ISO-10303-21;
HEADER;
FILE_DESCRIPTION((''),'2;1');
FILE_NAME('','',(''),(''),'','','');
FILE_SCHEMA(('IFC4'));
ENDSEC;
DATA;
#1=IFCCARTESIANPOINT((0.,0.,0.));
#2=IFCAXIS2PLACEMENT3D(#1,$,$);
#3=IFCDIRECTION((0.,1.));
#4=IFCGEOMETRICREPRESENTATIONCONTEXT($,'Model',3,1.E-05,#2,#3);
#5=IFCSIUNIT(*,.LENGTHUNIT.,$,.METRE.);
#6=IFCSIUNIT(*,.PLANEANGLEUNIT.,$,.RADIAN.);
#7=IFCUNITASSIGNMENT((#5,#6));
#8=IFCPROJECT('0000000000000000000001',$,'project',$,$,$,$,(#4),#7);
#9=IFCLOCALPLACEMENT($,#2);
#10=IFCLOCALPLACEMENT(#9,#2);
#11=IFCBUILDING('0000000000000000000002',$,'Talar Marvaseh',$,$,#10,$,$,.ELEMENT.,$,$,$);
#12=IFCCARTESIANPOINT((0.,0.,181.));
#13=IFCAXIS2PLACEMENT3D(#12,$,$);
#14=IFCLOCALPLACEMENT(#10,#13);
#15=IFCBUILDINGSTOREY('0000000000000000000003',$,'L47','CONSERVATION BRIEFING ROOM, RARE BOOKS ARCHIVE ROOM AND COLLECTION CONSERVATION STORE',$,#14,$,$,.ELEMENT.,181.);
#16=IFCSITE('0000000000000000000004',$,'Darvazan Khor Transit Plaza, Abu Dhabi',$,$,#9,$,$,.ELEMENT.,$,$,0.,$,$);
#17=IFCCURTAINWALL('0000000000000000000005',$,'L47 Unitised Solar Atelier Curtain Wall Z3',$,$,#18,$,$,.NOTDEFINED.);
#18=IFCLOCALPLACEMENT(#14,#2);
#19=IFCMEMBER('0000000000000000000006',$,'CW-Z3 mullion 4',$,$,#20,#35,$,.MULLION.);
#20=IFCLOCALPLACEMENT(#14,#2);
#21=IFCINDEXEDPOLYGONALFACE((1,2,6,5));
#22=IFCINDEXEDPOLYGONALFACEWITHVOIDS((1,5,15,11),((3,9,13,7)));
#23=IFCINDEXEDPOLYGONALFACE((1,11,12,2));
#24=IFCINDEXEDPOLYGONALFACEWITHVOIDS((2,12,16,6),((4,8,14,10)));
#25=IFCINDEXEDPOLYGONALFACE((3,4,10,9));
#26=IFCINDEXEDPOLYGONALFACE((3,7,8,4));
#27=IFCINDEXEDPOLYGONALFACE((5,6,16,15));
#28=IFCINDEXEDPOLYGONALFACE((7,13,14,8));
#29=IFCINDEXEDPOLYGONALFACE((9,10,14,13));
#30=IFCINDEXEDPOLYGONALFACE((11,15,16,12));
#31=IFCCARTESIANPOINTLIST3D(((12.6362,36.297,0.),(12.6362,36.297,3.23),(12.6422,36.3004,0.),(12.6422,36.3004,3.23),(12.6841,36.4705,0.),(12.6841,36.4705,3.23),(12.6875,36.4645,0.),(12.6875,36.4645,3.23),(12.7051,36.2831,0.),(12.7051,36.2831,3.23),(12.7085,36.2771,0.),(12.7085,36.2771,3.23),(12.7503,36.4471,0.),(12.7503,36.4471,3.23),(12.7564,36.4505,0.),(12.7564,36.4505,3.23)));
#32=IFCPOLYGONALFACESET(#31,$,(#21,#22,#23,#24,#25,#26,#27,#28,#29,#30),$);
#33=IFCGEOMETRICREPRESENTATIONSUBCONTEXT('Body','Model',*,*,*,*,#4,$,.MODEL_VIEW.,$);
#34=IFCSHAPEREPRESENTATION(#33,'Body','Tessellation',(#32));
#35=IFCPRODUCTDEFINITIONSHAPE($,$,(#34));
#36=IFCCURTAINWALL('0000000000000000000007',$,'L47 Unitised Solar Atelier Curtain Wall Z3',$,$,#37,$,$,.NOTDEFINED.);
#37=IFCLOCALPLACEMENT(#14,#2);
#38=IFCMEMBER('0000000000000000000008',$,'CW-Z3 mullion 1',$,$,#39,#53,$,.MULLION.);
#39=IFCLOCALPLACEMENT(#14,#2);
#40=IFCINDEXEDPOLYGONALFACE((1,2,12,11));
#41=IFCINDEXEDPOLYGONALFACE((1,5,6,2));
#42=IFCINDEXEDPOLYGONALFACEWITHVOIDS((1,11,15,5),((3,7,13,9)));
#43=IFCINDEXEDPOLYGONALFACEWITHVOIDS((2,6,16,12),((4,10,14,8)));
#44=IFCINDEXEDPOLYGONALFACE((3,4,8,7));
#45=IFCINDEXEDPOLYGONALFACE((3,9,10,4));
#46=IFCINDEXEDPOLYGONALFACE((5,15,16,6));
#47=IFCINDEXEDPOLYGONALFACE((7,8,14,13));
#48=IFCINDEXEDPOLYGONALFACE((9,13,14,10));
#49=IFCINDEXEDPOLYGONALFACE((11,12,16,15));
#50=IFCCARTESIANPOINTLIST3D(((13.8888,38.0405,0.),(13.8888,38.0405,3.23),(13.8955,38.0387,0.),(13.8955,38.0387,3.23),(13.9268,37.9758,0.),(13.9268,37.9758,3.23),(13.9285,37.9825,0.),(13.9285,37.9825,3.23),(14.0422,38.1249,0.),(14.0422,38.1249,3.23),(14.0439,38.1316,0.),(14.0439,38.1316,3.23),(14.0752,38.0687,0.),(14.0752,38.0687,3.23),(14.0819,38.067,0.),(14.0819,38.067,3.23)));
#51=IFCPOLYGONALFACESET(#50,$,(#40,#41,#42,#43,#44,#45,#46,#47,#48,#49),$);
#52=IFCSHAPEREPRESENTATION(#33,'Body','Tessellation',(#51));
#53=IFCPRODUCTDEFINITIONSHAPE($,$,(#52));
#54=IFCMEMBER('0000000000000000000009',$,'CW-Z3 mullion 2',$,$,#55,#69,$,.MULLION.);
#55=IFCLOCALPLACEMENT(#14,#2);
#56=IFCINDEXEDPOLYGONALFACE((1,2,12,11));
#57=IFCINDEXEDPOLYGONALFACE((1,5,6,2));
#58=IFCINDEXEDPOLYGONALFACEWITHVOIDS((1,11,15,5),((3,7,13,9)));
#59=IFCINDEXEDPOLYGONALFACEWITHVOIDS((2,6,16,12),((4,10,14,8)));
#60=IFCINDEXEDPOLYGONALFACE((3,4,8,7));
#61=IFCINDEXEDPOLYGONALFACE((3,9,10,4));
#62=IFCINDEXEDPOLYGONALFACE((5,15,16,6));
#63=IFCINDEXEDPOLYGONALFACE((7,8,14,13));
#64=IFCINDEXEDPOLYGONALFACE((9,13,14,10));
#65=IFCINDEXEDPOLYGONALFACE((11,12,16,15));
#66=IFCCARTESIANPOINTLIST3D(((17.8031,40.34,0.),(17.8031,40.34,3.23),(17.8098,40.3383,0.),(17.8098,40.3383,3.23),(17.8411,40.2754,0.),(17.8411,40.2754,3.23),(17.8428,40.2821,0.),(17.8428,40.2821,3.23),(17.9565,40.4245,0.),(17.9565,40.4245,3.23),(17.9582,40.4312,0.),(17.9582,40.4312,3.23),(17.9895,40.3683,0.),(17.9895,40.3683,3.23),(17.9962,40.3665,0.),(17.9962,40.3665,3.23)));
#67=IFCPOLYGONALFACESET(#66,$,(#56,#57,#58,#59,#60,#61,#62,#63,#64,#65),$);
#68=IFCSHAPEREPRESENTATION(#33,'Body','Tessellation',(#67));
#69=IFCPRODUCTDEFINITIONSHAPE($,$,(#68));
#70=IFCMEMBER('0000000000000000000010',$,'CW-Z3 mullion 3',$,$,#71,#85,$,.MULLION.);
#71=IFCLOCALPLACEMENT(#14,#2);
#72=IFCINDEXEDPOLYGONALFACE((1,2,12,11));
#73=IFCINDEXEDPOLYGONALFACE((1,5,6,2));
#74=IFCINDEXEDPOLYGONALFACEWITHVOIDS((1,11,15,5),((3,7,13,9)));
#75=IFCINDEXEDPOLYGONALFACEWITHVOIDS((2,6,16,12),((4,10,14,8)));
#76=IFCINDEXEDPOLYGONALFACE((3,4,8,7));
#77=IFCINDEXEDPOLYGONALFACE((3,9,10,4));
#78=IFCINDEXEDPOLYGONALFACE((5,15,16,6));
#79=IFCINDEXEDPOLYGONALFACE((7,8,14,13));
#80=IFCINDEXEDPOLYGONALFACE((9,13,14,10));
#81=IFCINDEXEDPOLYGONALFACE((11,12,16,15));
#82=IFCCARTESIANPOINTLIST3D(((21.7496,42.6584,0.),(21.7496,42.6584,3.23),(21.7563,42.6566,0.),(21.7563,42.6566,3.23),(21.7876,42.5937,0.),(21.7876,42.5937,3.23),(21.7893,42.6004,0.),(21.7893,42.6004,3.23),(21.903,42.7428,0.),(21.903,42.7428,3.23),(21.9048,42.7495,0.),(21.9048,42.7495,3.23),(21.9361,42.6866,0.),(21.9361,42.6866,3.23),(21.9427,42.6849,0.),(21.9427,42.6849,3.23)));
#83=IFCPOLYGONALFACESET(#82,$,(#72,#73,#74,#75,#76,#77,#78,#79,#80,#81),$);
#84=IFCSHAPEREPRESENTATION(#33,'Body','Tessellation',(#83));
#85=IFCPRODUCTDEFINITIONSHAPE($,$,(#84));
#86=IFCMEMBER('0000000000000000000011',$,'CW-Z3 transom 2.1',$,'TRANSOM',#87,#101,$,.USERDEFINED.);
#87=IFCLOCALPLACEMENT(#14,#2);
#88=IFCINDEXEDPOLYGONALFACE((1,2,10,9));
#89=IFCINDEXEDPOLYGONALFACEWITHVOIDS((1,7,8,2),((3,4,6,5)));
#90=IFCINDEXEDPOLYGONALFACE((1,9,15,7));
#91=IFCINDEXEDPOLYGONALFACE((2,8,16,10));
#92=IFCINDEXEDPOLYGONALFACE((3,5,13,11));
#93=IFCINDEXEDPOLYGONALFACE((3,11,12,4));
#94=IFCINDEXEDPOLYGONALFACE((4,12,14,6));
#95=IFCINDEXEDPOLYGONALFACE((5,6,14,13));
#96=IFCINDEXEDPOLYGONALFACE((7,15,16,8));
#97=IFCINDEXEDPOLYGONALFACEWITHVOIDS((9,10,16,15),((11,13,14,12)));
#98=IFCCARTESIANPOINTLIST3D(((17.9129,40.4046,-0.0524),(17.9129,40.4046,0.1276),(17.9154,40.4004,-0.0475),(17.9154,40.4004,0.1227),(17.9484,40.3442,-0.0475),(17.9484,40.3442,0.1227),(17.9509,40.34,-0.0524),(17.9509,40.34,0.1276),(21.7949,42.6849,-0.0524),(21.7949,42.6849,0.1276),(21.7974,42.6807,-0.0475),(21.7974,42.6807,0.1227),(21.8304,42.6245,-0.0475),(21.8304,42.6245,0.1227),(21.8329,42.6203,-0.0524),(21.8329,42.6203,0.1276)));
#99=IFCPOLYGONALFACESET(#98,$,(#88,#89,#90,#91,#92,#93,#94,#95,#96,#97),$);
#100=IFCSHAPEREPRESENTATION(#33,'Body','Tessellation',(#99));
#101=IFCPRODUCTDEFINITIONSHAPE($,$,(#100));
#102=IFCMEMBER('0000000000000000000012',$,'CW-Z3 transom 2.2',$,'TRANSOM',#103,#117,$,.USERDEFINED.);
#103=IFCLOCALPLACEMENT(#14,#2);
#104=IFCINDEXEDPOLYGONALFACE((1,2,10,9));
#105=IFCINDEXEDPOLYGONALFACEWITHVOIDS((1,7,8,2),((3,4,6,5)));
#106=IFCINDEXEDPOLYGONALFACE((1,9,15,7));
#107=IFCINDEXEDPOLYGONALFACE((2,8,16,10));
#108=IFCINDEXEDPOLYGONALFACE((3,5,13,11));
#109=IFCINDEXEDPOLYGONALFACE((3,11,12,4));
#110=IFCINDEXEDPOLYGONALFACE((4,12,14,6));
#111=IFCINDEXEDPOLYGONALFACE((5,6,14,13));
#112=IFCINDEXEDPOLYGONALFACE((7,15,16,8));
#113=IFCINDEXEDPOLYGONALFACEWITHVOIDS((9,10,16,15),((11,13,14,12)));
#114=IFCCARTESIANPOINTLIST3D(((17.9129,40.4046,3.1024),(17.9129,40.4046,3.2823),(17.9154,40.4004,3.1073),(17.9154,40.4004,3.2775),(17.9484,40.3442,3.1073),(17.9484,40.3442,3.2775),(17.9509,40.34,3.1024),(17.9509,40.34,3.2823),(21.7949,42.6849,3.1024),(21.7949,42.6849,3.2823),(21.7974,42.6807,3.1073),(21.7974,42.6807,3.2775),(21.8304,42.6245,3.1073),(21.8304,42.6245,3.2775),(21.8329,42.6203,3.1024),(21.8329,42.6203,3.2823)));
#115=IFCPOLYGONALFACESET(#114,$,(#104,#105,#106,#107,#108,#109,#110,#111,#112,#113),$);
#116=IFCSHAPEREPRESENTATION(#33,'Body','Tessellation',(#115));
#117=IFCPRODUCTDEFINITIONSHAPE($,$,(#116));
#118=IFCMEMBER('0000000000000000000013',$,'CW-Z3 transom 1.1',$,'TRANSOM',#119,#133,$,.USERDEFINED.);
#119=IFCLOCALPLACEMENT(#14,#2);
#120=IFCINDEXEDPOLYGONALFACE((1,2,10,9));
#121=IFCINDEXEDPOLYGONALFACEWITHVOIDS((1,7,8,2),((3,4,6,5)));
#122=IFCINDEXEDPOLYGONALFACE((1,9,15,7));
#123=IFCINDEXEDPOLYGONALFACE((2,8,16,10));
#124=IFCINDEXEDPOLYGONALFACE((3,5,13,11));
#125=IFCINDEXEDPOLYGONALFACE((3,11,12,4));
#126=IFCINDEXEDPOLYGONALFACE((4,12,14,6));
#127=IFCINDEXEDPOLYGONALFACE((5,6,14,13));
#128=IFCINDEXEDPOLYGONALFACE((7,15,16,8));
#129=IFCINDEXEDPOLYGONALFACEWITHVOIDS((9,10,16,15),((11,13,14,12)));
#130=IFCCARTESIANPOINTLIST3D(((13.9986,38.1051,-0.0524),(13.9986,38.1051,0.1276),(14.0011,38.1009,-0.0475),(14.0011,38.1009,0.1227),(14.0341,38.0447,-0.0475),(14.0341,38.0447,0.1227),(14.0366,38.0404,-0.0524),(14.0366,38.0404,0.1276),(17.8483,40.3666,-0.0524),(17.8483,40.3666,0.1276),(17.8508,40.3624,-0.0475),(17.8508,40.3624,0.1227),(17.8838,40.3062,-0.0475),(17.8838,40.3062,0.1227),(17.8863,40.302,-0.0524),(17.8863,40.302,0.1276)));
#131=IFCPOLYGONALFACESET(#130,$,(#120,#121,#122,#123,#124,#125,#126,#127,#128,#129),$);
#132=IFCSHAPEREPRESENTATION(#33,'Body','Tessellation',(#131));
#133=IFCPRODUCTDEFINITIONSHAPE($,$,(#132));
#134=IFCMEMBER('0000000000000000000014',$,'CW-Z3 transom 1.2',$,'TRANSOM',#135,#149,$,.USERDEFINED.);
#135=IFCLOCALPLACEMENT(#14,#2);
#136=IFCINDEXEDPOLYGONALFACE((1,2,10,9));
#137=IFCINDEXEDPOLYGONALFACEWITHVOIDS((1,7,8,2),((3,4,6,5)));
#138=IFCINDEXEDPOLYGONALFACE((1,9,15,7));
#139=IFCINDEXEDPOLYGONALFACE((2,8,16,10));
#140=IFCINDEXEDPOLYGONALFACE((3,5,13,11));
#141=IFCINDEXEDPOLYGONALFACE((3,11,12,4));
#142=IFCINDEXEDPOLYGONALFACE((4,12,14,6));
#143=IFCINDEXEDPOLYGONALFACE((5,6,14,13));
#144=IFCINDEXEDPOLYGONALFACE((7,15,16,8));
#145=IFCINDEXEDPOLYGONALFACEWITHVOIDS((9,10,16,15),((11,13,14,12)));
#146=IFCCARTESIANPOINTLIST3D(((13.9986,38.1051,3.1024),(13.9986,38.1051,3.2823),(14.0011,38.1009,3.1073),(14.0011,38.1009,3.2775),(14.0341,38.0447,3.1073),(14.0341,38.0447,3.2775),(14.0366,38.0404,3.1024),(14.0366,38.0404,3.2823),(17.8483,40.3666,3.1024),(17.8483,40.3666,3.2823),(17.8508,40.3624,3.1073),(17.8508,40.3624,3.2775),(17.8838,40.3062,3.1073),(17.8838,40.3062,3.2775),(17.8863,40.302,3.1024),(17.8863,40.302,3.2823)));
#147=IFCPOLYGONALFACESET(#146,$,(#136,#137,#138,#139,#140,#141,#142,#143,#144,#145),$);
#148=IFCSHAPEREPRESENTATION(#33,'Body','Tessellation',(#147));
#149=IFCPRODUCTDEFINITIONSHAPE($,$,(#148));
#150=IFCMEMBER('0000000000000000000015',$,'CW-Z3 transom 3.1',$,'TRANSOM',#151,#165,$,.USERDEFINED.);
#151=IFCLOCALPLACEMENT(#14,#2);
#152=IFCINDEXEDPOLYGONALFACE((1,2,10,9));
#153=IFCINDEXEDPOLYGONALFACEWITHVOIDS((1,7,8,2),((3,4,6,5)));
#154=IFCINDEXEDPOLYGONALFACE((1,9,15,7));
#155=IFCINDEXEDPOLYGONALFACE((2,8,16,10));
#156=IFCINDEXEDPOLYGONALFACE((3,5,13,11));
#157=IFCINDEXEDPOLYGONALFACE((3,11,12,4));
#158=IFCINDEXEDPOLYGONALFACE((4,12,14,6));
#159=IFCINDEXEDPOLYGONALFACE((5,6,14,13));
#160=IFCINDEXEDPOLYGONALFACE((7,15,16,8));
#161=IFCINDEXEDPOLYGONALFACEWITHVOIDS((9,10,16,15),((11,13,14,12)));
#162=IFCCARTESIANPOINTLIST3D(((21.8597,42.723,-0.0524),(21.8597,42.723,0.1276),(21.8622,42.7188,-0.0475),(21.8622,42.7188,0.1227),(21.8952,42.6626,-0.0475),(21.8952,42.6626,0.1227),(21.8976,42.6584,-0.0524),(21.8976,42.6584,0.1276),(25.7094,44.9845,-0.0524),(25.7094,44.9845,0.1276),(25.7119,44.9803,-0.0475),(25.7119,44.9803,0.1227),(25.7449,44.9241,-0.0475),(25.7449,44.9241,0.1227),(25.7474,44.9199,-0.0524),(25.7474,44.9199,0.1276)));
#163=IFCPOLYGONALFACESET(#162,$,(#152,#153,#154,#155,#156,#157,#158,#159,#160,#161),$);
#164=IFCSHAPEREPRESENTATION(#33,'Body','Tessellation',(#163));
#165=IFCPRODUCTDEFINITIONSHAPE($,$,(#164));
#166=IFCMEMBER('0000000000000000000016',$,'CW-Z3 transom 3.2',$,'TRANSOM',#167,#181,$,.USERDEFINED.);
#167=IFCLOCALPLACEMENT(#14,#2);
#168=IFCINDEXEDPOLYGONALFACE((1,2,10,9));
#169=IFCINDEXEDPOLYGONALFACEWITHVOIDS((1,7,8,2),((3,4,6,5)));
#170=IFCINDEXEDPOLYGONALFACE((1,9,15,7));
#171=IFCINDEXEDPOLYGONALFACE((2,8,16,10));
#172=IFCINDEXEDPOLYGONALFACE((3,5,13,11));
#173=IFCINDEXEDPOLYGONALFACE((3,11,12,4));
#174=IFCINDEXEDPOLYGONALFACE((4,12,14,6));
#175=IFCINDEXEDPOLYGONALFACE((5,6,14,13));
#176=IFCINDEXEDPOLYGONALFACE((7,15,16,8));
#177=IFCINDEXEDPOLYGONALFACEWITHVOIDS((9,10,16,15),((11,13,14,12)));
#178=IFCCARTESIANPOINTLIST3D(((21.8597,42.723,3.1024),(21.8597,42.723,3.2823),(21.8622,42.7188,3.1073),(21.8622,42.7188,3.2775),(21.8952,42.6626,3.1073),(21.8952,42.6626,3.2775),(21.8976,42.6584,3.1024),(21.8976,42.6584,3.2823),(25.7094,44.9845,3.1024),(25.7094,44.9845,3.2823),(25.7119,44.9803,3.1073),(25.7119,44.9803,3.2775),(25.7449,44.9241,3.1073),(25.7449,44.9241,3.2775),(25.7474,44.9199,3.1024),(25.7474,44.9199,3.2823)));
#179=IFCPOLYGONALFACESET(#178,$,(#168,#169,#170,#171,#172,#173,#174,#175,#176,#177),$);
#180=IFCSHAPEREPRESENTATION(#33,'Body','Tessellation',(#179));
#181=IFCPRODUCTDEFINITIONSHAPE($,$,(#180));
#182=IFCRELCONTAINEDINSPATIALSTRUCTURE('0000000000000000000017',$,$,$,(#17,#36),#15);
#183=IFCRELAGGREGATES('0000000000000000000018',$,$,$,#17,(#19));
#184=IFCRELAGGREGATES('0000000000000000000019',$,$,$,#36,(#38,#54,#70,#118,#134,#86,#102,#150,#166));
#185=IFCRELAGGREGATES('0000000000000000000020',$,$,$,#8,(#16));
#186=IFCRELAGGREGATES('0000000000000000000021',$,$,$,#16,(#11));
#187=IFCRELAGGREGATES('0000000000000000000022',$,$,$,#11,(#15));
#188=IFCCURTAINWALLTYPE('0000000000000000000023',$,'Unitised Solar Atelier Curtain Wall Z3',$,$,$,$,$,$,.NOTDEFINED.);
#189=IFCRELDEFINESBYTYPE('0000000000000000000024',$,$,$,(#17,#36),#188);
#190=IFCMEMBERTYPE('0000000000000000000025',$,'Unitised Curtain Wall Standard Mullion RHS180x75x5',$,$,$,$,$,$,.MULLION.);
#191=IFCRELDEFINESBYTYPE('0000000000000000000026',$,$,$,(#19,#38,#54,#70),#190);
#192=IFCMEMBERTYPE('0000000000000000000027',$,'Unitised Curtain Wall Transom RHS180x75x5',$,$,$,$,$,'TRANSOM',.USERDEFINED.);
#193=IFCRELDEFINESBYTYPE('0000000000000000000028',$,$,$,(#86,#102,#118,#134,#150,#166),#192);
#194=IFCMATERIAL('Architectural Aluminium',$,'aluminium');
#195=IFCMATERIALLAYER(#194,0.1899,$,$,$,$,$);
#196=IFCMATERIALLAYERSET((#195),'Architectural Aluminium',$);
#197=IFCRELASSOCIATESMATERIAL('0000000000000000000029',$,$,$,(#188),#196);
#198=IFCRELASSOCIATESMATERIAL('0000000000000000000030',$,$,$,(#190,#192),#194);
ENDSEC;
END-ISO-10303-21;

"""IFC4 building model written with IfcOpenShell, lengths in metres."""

from ifc_helpers import new_model, si_unit, direction, frame, origin, origin_2d, place, context, subcontext, project, spatial, hollow_rectangle, extrude, source, transform, mapped, material, layer, layer_set, material_profile, profile_set, type_object, type_shapes, element, aggregate, save


model = new_model("IFC4")

# Units and contexts
model_context = context("Model", 3, precision=1e-05, world=origin(), true_north=direction((0.0, 1.0)))
body_context = subcontext(model_context, "Body", "Model", "MODEL_VIEW")
ifc_project = project(units=[si_unit("LENGTHUNIT", "METRE"), si_unit("PLANEANGLEUNIT", "RADIAN")], contexts=[model_context])

# Site, building, storey
site_placement = place(None, origin())
site = spatial("IfcSite", under=ifc_project, at=site_placement, Name="Darvazan Khor Transit Plaza, Abu Dhabi", CompositionType="ELEMENT", RefElevation=0.0)
building_placement = place(site_placement, origin())
building = spatial("IfcBuilding", under=site, at=building_placement, Name="Talar Marvaseh", CompositionType="ELEMENT")
storey_placement = place(building_placement, frame((0.0, 0.0, 181.0)))
storey = spatial("IfcBuildingStorey", under=building, at=storey_placement, Name="L47", Description="CONSERVATION BRIEFING ROOM, RARE BOOKS ARCHIVE ROOM AND COLLECTION CONSERVATION STORE", CompositionType="ELEMENT", Elevation=181.0)

# Curtain wall, member
ifc_material_1 = material(Name="Architectural Aluminium", Category="aluminium")
ifc_layer_1 = layer(ifc_material_1, 0.1899)
ifc_layer_set_1 = layer_set([ifc_layer_1], Name="Architectural Aluminium")
curtain_wall_type = type_object("IfcCurtainWallType", Name="Unitised Solar Atelier Curtain Wall Z3", PredefinedType="NOTDEFINED", material=ifc_layer_set_1)
curtain_wall_1_placement = place(storey_placement, origin())
curtain_wall_1 = element("IfcCurtainWall", 1, at=curtain_wall_1_placement, inside=storey, type_object=curtain_wall_type, Name="L47 Unitised Solar Atelier Curtain Wall Z3", PredefinedType="NOTDEFINED")
ifc_material_profile_1 = material_profile(ifc_material_1, hollow_rectangle(XDim=0.075, YDim=0.1799, WallThickness=0.0049, at=origin_2d()), Name="RHS180x75x5")
ifc_profile_set_1 = profile_set([ifc_material_profile_1], Name="Architectural Aluminium")
member_type_1 = type_object("IfcMemberType", Name="Unitised Curtain Wall Standard Mullion RHS180x75x5", PredefinedType="MULLION", material=ifc_profile_set_1)
shared_shape_1 = source(origin(), body_context, "Body", "SweptSolid", [
    extrude(hollow_rectangle(XDim=0.075, YDim=0.1799, WallThickness=0.0049, at=origin_2d()), origin(), (0.0, 0.0, 1.0), 3.23),
])
type_shapes(member_type_1, [shared_shape_1])
member_1_placement = place(storey_placement, frame((12.6963, 36.3738, 0.0), z_axis=(0.0, 0.0, 1.0), x_axis=(-0.963945, 0.2661, 0.0)))
member_1 = element("IfcMember", 2, at=member_1_placement, type_object=member_type_1, Name="CW-Z3 mullion 4", PredefinedType="MULLION", context=body_context, shape_type="MappedRepresentation", body=[
    mapped(shared_shape_1, transform((0.0, 0.0, 0.0), x_axis=(1.0, 0.0, 0.0), y_axis=(0.0, 1.0, 0.0), z_axis=(0.0, 0.0, 1.0), scale=1.0)),
])
aggregate(curtain_wall_1, [member_1])

# Curtain wall, members
curtain_wall_2_placement = place(storey_placement, origin())
curtain_wall_2 = element("IfcCurtainWall", 3, at=curtain_wall_2_placement, inside=storey, type_object=curtain_wall_type, Name="L47 Unitised Solar Atelier Curtain Wall Z3", PredefinedType="NOTDEFINED")
member_2_placement = place(storey_placement, frame((13.9854, 38.0537, 0.0), z_axis=(0.0, 0.0, 1.0), x_axis=(-0.506514, 0.862232, 0.0)))
member_2 = element("IfcMember", 4, at=member_2_placement, type_object=member_type_1, Name="CW-Z3 mullion 1", PredefinedType="MULLION", context=body_context, shape_type="MappedRepresentation", body=[
    mapped(shared_shape_1, transform((0.0, 0.0, 0.0), x_axis=(1.0, 0.0, 0.0), y_axis=(0.0, 1.0, 0.0), z_axis=(0.0, 0.0, 1.0), scale=1.0)),
])
member_3_placement = place(storey_placement, frame((17.8997, 40.3533, 0.0), z_axis=(0.0, 0.0, 1.0), x_axis=(-0.506514, 0.862232, 0.0)))
member_3 = element("IfcMember", 5, at=member_3_placement, type_object=member_type_1, Name="CW-Z3 mullion 2", PredefinedType="MULLION", context=body_context, shape_type="MappedRepresentation", body=[
    mapped(shared_shape_1, transform((0.0, 0.0, 0.0), x_axis=(1.0, 0.0, 0.0), y_axis=(0.0, 1.0, 0.0), z_axis=(0.0, 0.0, 1.0), scale=1.0)),
])
member_4_placement = place(storey_placement, frame((21.8462, 42.6716, 0.0), z_axis=(0.0, 0.0, 1.0), x_axis=(-0.506514, 0.862232, 0.0)))
member_4 = element("IfcMember", 6, at=member_4_placement, type_object=member_type_1, Name="CW-Z3 mullion 3", PredefinedType="MULLION", context=body_context, shape_type="MappedRepresentation", body=[
    mapped(shared_shape_1, transform((0.0, 0.0, 0.0), x_axis=(1.0, 0.0, 0.0), y_axis=(0.0, 1.0, 0.0), z_axis=(0.0, 0.0, 1.0), scale=1.0)),
])
ifc_material_profile_2 = material_profile(ifc_material_1, hollow_rectangle(XDim=0.075, YDim=0.1799, WallThickness=0.0049, at=origin_2d()), Name="RHS180x75x5")
ifc_profile_set_2 = profile_set([ifc_material_profile_2], Name="Architectural Aluminium")
member_type_2 = type_object("IfcMemberType", Name="Unitised Curtain Wall Transom RHS180x75x5", ElementType="TRANSOM", PredefinedType="USERDEFINED", material=ifc_profile_set_2)
shared_shape_2 = source(origin(), body_context, "Body", "SweptSolid", [
    extrude(hollow_rectangle(XDim=0.075, YDim=0.1799, WallThickness=0.0049, at=origin_2d()), origin(), (0.0, 0.0, 1.0), 4.5022),
])
member_5_placement = place(storey_placement, frame((17.9319, 40.3723, 0.0376), z_axis=(0.862255, 0.506475, 0.0), x_axis=(-0.506475, 0.862255, 0.0)))
member_5 = element("IfcMember", 7, at=member_5_placement, type_object=member_type_2, Name="CW-Z3 transom 2.1", ObjectType="TRANSOM", PredefinedType="USERDEFINED", context=body_context, shape_type="MappedRepresentation", body=[
    mapped(shared_shape_2, transform((0.0, 0.0, 0.0), x_axis=(1.0, 0.0, 0.0), y_axis=(0.0, 1.0, 0.0), z_axis=(0.0, 0.0, 1.0), scale=1.0)),
])
member_6_placement = place(storey_placement, frame((17.9319, 40.3723, 3.1924), z_axis=(0.862255, 0.506475, 0.0), x_axis=(-0.506475, 0.862255, 0.0)))
member_6 = element("IfcMember", 8, at=member_6_placement, type_object=member_type_2, Name="CW-Z3 transom 2.2", ObjectType="TRANSOM", PredefinedType="USERDEFINED", context=body_context, shape_type="MappedRepresentation", body=[
    mapped(shared_shape_2, transform((0.0, 0.0, 0.0), x_axis=(1.0, 0.0, 0.0), y_axis=(0.0, 1.0, 0.0), z_axis=(0.0, 0.0, 1.0), scale=1.0)),
])
shared_shape_3 = source(origin(), body_context, "Body", "SweptSolid", [
    extrude(hollow_rectangle(XDim=0.075, YDim=0.1799, WallThickness=0.0049, at=origin_2d()), origin(), (0.0, 0.0, 1.0), 4.4648),
])
type_shapes(member_type_2, [shared_shape_2, shared_shape_3])
member_7_placement = place(storey_placement, frame((14.0176, 38.0728, 0.0376), z_axis=(0.862228, 0.506521, 0.0), x_axis=(-0.506521, 0.862228, 0.0)))
member_7 = element("IfcMember", 9, at=member_7_placement, type_object=member_type_2, Name="CW-Z3 transom 1.1", ObjectType="TRANSOM", PredefinedType="USERDEFINED", context=body_context, shape_type="MappedRepresentation", body=[
    mapped(shared_shape_3, transform((0.0, 0.0, 0.0), x_axis=(1.0, 0.0, 0.0), y_axis=(0.0, 1.0, 0.0), z_axis=(0.0, 0.0, 1.0), scale=1.0)),
])
member_8_placement = place(storey_placement, frame((14.0176, 38.0728, 3.1924), z_axis=(0.862228, 0.506521, 0.0), x_axis=(-0.506521, 0.862228, 0.0)))
member_8 = element("IfcMember", 10, at=member_8_placement, type_object=member_type_2, Name="CW-Z3 transom 1.2", ObjectType="TRANSOM", PredefinedType="USERDEFINED", context=body_context, shape_type="MappedRepresentation", body=[
    mapped(shared_shape_3, transform((0.0, 0.0, 0.0), x_axis=(1.0, 0.0, 0.0), y_axis=(0.0, 1.0, 0.0), z_axis=(0.0, 0.0, 1.0), scale=1.0)),
])
member_9_placement = place(storey_placement, frame((21.8787, 42.6907, 0.0376), z_axis=(0.862228, 0.506521, 0.0), x_axis=(-0.506521, 0.862228, 0.0)))
member_9 = element("IfcMember", 11, at=member_9_placement, type_object=member_type_2, Name="CW-Z3 transom 3.1", ObjectType="TRANSOM", PredefinedType="USERDEFINED", context=body_context, shape_type="MappedRepresentation", body=[
    mapped(shared_shape_3, transform((0.0, 0.0, 0.0), x_axis=(1.0, 0.0, 0.0), y_axis=(0.0, 1.0, 0.0), z_axis=(0.0, 0.0, 1.0), scale=1.0)),
])
member_10_placement = place(storey_placement, frame((21.8787, 42.6907, 3.1924), z_axis=(0.862228, 0.506521, 0.0), x_axis=(-0.506521, 0.862228, 0.0)))
member_10 = element("IfcMember", 12, at=member_10_placement, type_object=member_type_2, Name="CW-Z3 transom 3.2", ObjectType="TRANSOM", PredefinedType="USERDEFINED", context=body_context, shape_type="MappedRepresentation", body=[
    mapped(shared_shape_3, transform((0.0, 0.0, 0.0), x_axis=(1.0, 0.0, 0.0), y_axis=(0.0, 1.0, 0.0), z_axis=(0.0, 0.0, 1.0), scale=1.0)),
])
aggregate(curtain_wall_2, [member_2, member_3, member_4, member_7, member_8, member_5, member_6, member_9, member_10])

save(model, "model.ifc")
